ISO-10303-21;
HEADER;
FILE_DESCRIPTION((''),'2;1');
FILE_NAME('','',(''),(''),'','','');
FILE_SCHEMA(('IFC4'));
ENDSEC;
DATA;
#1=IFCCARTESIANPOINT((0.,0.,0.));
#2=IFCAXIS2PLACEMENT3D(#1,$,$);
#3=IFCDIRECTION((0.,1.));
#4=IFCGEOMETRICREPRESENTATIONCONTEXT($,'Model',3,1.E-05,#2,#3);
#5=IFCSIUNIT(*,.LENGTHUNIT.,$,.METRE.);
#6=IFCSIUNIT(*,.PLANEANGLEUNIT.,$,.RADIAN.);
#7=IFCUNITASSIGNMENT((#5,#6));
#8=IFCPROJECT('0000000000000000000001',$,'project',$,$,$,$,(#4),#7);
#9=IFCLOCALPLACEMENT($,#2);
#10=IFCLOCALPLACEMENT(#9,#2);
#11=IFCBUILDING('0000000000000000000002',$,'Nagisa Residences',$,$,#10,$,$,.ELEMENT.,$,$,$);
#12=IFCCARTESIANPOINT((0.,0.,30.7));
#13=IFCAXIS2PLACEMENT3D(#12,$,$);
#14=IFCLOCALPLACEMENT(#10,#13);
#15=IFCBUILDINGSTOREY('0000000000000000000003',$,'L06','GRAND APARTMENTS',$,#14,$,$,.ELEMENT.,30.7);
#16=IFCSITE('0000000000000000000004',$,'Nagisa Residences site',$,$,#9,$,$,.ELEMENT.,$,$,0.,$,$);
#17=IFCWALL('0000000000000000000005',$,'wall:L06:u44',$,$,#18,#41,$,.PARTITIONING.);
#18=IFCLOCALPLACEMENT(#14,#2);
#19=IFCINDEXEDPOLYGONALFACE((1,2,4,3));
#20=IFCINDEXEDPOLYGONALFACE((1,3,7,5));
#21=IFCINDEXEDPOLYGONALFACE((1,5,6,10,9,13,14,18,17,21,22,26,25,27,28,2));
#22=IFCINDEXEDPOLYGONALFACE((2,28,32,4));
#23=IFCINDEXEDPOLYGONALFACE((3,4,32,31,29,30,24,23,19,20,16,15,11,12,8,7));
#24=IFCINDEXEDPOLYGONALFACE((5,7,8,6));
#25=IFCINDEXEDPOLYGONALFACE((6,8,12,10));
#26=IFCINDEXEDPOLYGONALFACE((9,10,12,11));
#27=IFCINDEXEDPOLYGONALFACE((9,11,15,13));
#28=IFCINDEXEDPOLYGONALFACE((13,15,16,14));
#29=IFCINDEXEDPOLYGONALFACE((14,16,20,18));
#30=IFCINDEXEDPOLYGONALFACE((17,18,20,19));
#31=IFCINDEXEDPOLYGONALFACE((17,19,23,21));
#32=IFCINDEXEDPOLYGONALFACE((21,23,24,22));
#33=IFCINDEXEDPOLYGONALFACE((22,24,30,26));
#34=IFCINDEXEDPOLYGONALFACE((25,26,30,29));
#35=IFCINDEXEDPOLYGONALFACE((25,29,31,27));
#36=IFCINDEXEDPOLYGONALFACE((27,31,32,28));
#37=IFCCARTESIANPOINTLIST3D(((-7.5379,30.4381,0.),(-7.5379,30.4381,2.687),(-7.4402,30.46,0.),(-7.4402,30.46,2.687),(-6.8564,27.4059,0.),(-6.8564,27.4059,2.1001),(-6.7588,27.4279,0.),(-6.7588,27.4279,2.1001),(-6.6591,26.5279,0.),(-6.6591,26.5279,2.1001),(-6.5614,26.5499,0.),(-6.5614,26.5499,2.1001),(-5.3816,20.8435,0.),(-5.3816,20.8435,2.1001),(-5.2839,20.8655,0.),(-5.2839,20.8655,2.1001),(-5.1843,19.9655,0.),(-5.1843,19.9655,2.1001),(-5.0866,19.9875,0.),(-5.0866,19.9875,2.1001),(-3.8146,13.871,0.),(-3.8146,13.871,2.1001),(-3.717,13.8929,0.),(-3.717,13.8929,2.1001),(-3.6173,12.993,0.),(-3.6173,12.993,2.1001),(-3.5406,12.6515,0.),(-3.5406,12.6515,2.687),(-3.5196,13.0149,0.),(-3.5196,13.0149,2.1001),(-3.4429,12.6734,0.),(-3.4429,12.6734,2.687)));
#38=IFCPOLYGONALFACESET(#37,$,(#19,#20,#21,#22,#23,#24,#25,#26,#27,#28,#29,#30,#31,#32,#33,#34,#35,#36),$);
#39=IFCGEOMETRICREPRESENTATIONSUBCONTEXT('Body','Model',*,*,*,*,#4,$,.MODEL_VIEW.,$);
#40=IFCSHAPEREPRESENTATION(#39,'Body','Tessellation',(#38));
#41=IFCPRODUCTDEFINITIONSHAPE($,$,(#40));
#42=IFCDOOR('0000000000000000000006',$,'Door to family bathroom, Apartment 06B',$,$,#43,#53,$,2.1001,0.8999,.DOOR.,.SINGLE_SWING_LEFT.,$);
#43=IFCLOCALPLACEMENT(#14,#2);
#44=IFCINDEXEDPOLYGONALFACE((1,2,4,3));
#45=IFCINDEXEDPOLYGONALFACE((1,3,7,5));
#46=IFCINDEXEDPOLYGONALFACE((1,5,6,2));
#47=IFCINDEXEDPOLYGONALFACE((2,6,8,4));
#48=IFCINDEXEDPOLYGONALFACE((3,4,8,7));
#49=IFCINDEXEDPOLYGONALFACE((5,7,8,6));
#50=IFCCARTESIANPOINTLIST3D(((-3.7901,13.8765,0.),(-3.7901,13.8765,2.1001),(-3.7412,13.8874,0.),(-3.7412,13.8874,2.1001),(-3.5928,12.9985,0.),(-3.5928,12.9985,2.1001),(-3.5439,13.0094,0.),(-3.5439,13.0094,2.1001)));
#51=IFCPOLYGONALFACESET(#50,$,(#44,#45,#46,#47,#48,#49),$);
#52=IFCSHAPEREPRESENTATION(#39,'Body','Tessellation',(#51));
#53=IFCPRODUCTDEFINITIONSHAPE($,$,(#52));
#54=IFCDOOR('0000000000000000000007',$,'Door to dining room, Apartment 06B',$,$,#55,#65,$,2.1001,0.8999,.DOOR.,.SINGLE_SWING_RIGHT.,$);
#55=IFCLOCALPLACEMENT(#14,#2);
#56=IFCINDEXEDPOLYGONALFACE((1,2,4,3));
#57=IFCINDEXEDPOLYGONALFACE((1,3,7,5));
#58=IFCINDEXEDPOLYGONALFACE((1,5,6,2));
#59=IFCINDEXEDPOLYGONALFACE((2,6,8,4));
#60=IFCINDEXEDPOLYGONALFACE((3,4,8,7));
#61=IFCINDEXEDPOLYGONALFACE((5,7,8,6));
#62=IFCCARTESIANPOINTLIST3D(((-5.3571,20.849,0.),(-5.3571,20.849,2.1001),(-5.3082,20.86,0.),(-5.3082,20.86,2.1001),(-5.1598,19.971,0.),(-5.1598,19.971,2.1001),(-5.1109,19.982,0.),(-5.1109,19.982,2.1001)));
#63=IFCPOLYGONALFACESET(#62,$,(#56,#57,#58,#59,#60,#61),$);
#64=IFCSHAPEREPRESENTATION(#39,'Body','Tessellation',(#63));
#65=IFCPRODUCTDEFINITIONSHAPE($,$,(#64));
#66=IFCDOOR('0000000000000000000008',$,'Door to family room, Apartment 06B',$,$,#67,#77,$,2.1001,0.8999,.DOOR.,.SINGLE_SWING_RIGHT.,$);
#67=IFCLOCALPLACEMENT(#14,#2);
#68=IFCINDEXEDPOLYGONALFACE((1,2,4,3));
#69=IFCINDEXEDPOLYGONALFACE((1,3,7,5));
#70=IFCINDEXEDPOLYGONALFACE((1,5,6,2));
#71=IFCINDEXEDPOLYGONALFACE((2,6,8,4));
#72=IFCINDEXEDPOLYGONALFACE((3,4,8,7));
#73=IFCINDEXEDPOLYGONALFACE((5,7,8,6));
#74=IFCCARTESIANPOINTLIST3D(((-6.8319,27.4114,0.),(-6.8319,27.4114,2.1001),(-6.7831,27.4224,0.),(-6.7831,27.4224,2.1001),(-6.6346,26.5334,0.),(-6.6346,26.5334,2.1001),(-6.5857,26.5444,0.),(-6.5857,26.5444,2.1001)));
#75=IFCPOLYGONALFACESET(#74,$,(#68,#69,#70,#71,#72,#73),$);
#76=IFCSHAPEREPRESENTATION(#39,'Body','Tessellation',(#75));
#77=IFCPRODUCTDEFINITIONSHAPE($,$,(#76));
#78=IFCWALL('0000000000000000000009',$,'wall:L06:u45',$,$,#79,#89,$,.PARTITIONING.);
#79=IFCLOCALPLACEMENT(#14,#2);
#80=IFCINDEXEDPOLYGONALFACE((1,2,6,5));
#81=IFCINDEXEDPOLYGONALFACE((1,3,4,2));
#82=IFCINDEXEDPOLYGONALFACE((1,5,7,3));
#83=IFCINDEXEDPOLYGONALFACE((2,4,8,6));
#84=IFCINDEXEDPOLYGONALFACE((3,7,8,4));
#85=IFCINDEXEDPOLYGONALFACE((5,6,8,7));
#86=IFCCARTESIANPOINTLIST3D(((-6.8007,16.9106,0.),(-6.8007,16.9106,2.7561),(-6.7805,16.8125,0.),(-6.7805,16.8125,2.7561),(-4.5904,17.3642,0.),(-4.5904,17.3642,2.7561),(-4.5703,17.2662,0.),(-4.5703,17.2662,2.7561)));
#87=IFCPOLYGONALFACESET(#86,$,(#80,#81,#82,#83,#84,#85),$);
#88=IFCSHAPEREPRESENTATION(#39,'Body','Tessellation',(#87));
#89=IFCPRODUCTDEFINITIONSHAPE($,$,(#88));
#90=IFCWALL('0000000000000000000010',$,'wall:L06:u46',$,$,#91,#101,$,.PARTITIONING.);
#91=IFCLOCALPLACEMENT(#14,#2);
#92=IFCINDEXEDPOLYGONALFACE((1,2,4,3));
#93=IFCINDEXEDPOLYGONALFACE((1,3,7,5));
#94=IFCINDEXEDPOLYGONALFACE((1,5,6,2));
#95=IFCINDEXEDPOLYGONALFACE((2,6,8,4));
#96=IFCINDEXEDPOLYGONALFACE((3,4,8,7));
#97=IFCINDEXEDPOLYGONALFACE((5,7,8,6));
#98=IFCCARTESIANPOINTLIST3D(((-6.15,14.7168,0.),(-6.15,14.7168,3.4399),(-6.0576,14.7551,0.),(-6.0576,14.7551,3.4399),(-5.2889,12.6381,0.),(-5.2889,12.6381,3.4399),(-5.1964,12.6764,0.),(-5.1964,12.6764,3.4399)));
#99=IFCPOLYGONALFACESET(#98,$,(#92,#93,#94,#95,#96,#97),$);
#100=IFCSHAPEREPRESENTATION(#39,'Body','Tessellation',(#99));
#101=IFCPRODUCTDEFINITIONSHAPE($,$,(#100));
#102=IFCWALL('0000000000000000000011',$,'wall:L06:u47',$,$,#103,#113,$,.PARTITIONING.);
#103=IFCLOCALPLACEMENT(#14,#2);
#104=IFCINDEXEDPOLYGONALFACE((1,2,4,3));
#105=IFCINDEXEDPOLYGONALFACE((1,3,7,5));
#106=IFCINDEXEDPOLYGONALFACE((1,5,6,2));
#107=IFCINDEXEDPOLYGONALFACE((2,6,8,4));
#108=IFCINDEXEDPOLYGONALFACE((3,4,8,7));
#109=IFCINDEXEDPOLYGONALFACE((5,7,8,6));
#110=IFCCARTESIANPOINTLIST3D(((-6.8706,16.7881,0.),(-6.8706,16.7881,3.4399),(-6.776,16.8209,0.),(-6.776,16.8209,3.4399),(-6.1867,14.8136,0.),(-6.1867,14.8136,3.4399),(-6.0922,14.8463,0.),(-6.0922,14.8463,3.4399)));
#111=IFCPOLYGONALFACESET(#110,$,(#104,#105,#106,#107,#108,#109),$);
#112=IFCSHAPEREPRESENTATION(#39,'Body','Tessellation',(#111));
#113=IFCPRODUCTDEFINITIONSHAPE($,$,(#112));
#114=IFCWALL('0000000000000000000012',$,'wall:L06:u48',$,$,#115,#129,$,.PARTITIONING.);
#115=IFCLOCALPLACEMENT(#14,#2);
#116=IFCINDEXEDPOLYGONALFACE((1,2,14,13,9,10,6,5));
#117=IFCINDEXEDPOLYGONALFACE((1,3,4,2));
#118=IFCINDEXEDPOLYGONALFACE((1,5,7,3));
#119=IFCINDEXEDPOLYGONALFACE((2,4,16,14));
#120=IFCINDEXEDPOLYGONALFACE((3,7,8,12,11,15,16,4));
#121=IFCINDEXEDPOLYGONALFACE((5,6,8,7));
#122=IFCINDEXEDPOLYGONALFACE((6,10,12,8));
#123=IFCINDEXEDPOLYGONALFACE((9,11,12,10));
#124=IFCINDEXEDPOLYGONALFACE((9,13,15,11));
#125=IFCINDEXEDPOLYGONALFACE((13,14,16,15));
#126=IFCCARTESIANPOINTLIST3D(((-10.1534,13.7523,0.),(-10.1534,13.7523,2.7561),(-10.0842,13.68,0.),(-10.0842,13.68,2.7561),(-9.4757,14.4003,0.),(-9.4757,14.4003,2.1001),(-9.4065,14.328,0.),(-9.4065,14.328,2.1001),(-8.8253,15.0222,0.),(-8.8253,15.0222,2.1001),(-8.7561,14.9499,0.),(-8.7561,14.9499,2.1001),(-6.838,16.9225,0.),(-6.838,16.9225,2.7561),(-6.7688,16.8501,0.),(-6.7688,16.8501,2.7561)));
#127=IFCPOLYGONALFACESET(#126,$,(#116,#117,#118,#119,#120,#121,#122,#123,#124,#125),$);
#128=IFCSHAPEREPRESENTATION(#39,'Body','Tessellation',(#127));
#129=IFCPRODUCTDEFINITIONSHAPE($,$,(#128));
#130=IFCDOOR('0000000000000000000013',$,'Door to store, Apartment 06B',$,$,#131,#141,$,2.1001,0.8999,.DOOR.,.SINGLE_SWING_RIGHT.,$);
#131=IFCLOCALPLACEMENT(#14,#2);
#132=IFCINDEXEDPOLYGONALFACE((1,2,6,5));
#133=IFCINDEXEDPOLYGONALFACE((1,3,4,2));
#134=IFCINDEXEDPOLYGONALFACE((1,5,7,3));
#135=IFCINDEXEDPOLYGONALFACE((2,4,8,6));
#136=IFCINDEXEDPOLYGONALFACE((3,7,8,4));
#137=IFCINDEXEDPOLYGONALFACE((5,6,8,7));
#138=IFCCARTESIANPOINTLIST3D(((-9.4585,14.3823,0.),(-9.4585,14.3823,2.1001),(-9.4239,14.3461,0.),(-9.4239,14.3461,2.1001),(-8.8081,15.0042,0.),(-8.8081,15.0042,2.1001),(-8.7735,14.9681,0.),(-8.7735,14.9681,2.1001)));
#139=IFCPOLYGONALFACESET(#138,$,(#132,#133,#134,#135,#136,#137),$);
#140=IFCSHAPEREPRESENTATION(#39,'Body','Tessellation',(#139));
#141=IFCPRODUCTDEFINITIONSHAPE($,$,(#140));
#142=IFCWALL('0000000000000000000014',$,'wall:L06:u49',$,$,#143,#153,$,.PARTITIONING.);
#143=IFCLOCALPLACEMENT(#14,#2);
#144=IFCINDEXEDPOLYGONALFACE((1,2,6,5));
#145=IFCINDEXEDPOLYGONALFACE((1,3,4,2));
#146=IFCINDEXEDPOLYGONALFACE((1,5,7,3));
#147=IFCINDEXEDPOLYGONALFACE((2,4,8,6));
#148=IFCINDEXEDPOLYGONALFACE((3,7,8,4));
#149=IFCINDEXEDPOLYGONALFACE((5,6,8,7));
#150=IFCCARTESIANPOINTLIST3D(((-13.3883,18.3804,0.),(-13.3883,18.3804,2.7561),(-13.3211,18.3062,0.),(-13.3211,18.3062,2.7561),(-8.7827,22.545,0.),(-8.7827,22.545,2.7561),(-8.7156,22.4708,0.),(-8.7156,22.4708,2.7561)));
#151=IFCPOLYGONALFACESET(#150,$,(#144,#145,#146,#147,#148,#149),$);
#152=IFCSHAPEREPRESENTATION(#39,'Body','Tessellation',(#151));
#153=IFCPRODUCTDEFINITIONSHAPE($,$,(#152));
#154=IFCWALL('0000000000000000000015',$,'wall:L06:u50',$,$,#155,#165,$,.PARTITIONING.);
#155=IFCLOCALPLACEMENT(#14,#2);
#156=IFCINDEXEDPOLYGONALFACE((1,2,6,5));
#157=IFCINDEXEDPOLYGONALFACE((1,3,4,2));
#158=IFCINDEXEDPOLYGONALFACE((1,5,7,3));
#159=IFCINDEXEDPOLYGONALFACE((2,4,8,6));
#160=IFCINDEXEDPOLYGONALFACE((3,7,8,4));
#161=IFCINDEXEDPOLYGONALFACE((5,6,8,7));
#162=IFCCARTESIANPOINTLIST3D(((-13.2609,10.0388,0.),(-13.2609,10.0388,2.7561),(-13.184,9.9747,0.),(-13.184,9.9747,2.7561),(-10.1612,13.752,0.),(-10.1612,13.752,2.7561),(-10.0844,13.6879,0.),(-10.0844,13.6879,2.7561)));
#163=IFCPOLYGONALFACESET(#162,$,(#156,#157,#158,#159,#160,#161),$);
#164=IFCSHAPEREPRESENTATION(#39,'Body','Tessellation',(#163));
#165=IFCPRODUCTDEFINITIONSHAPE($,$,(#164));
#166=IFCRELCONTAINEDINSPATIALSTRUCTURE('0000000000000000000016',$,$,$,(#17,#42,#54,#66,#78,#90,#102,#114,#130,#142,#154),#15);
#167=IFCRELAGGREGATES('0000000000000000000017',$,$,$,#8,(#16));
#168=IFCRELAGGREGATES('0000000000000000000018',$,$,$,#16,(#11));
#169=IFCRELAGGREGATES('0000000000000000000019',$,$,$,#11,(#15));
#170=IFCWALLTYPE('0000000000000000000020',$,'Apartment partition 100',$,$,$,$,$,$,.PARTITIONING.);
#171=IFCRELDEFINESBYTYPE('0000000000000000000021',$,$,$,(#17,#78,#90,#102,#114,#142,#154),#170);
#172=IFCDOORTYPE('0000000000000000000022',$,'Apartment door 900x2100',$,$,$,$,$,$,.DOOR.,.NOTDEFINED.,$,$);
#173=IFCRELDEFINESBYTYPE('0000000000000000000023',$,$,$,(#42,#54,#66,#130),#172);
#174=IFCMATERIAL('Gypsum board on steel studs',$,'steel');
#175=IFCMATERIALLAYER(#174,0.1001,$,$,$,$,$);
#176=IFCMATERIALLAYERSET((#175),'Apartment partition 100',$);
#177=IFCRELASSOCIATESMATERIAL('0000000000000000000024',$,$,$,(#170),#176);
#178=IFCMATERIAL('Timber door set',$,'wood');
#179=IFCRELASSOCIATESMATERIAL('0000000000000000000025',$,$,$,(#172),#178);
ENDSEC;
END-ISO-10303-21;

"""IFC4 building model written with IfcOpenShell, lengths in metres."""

from ifc_helpers import new_model, si_unit, direction, frame, frame_2d, origin, place, context, subcontext, project, spatial, rectangle, extrude, material, layer, layer_set, type_object, element, fill, save


model = new_model("IFC4")

# Units and contexts
model_context = context("Model", 3, precision=1e-05, world=origin(), true_north=direction((0.0, 1.0)))
body_context = subcontext(model_context, "Body", "Model", "MODEL_VIEW")
ifc_project = project(units=[si_unit("LENGTHUNIT", "METRE"), si_unit("PLANEANGLEUNIT", "RADIAN")], contexts=[model_context])

# Site, building, storey
site_placement = place(None, origin())
site = spatial("IfcSite", under=ifc_project, at=site_placement, Name="Nagisa Residences site", CompositionType="ELEMENT", RefElevation=0.0)
building_placement = place(site_placement, origin())
building = spatial("IfcBuilding", under=site, at=building_placement, Name="Nagisa Residences", CompositionType="ELEMENT")
storey_placement = place(building_placement, frame((0.0, 0.0, 30.7)))
storey = spatial("IfcBuildingStorey", under=building, at=storey_placement, Name="L06", Description="GRAND APARTMENTS", CompositionType="ELEMENT", Elevation=30.7)

# Shared definitions
ifc_material_1 = material(Name="Gypsum board on steel studs", Category="steel")
ifc_layer_1 = layer(ifc_material_1, 0.1001)
ifc_layer_set_1 = layer_set([ifc_layer_1], Name="Apartment partition 100")
wall_type_1 = type_object("IfcWallType", Name="Apartment partition 100", PredefinedType="PARTITIONING", material=ifc_layer_set_1)

# Shared definitions
ifc_material_2 = material(Name="Timber door set", Category="wood")
door_type_1 = type_object("IfcDoorType", Name="Apartment door 900x2100", OperationType="NOTDEFINED", PredefinedType="DOOR", material=ifc_material_2)

# Wall, openings, doors
wall_1_placement = place(storey_placement, frame((-3.4917, 12.6624, 0.0), z_axis=(0.0, 0.0, 1.0), x_axis=(-0.219268, 0.975665, 0.0)))
wall_1 = element("IfcWall", 1, at=wall_1_placement, inside=storey, type_object=wall_type_1, Name="wall:L06:u44", PredefinedType="PARTITIONING", context=body_context, shape_type="SweptSolid", body=[
    extrude(rectangle(XDim=18.2302, YDim=0.1001, at=frame_2d((9.1152, 0.0))), origin(), (0.0, 0.0, 1.0), 2.687),
])
opening_1_placement = place(wall_1_placement, frame((0.3501, 0.0, 0.0)))
opening_1 = element("IfcOpeningElement", 2, at=opening_1_placement, cuts=wall_1, PredefinedType="OPENING", context=body_context, shape_type="SweptSolid", body=[
    extrude(rectangle(XDim=0.8999, YDim=2.1001, at=frame_2d((0.45, 1.05))), frame((0.0, 0.0601, 0.0), z_axis=(0.0, -1.0, 0.0), x_axis=(1.0, 0.0, 0.0)), (0.0, 0.0, 1.0), 0.1201),
])
opening_2_placement = place(wall_1_placement, frame((7.4966, 0.0, 0.0)))
opening_2 = element("IfcOpeningElement", 3, at=opening_2_placement, cuts=wall_1, PredefinedType="OPENING", context=body_context, shape_type="SweptSolid", body=[
    extrude(rectangle(XDim=0.8999, YDim=2.1001, at=frame_2d((0.45, 1.05))), frame((0.0, 0.0601, 0.0), z_axis=(0.0, -1.0, 0.0), x_axis=(1.0, 0.0, 0.0)), (0.0, 0.0, 1.0), 0.1201),
])
opening_3_placement = place(wall_1_placement, frame((14.2227, 0.0, 0.0)))
opening_3 = element("IfcOpeningElement", 4, at=opening_3_placement, cuts=wall_1, PredefinedType="OPENING", context=body_context, shape_type="SweptSolid", body=[
    extrude(rectangle(XDim=0.8999, YDim=2.1001, at=frame_2d((0.45, 1.05))), frame((0.0, 0.0601, 0.0), z_axis=(0.0, -1.0, 0.0), x_axis=(1.0, 0.0, 0.0)), (0.0, 0.0, 1.0), 0.1201),
])
door_1_placement = place(opening_1_placement, origin())
door_1 = element("IfcDoor", 5, at=door_1_placement, inside=storey, type_object=door_type_1, Name="Door to family bathroom, Apartment 06B", OperationType="SINGLE_SWING_LEFT", OverallHeight=2.1001, OverallWidth=0.8999, PredefinedType="DOOR", context=body_context, shape_type="SweptSolid", body=[
    extrude(rectangle(XDim=0.8999, YDim=2.1001, at=frame_2d((0.45, 1.05))), frame((0.0, 0.0249, 0.0), z_axis=(0.0, -1.0, 0.0), x_axis=(1.0, 0.0, 0.0)), (0.0, 0.0, 1.0), 0.05),
])
fill(opening_1, door_1)
door_2_placement = place(opening_2_placement, origin())
door_2 = element("IfcDoor", 6, at=door_2_placement, inside=storey, type_object=door_type_1, Name="Door to dining room, Apartment 06B", OperationType="SINGLE_SWING_RIGHT", OverallHeight=2.1001, OverallWidth=0.8999, PredefinedType="DOOR", context=body_context, shape_type="SweptSolid", body=[
    extrude(rectangle(XDim=0.8999, YDim=2.1001, at=frame_2d((0.45, 1.05))), frame((0.0, 0.0249, 0.0), z_axis=(0.0, -1.0, 0.0), x_axis=(1.0, 0.0, 0.0)), (0.0, 0.0, 1.0), 0.05),
])
fill(opening_2, door_2)
door_3_placement = place(opening_3_placement, origin())
door_3 = element("IfcDoor", 7, at=door_3_placement, inside=storey, type_object=door_type_1, Name="Door to family room, Apartment 06B", OperationType="SINGLE_SWING_RIGHT", OverallHeight=2.1001, OverallWidth=0.8999, PredefinedType="DOOR", context=body_context, shape_type="SweptSolid", body=[
    extrude(rectangle(XDim=0.8999, YDim=2.1001, at=frame_2d((0.45, 1.05))), frame((0.0, 0.0249, 0.0), z_axis=(0.0, -1.0, 0.0), x_axis=(1.0, 0.0, 0.0)), (0.0, 0.0, 1.0), 0.05),
])
fill(opening_3, door_3)

# Walls
wall_2_placement = place(storey_placement, frame((-4.5803, 17.3152, 0.0), z_axis=(0.0, 0.0, 1.0), x_axis=(-0.979582, -0.201045, 0.0)))
element("IfcWall", 8, at=wall_2_placement, inside=storey, type_object=wall_type_1, Name="wall:L06:u45", PredefinedType="PARTITIONING", context=body_context, shape_type="SweptSolid", body=[
    extrude(rectangle(XDim=2.2563, YDim=0.1001, at=frame_2d((1.1282, 0.0))), origin(), (0.0, 0.0, 1.0), 2.7561),
])
wall_3_placement = place(storey_placement, frame((-5.2427, 12.6572, 0.0), z_axis=(0.0, 0.0, 1.0), x_axis=(-0.382719, 0.923865, 0.0)))
element("IfcWall", 9, at=wall_3_placement, inside=storey, type_object=wall_type_1, Name="wall:L06:u46", PredefinedType="PARTITIONING", context=body_context, shape_type="SweptSolid", body=[
    extrude(rectangle(XDim=2.25, YDim=0.1001, at=frame_2d((1.125, 0.0))), origin(), (0.0, 0.0, 1.0), 3.4399),
])
wall_4_placement = place(storey_placement, frame((-6.1394, 14.8298, 0.0), z_axis=(0.0, 0.0, 1.0), x_axis=(-0.327247, 0.944939, 0.0)))
element("IfcWall", 10, at=wall_4_placement, inside=storey, type_object=wall_type_1, Name="wall:L06:u47", PredefinedType="PARTITIONING", context=body_context, shape_type="SweptSolid", body=[
    extrude(rectangle(XDim=2.0896, YDim=0.1001, at=frame_2d((1.0449, 0.0))), origin(), (0.0, 0.0, 1.0), 3.4399),
])

# Wall, opening, door
wall_5_placement = place(storey_placement, frame((-6.8035, 16.8862, 0.0), z_axis=(0.0, 0.0, 1.0), x_axis=(-0.722763, -0.691096, 0.0)))
wall_5 = element("IfcWall", 11, at=wall_5_placement, inside=storey, type_object=wall_type_1, Name="wall:L06:u48", PredefinedType="PARTITIONING", context=body_context, shape_type="SweptSolid", body=[
    extrude(rectangle(XDim=4.5872, YDim=0.1001, at=frame_2d((2.2935, 0.0))), origin(), (0.0, 0.0, 1.0), 2.7561),
])
opening_4_placement = place(wall_5_placement, frame((2.7495, 0.0, 0.0)))
opening_4 = element("IfcOpeningElement", 12, at=opening_4_placement, cuts=wall_5, PredefinedType="OPENING", context=body_context, shape_type="SweptSolid", body=[
    extrude(rectangle(XDim=0.8999, YDim=2.1001, at=frame_2d((0.45, 1.05))), frame((0.0, 0.0601, 0.0), z_axis=(0.0, -1.0, 0.0), x_axis=(1.0, 0.0, 0.0)), (0.0, 0.0, 1.0), 0.1201),
])
door_4_placement = place(opening_4_placement, origin())
door_4 = element("IfcDoor", 13, at=door_4_placement, inside=storey, type_object=door_type_1, Name="Door to store, Apartment 06B", OperationType="SINGLE_SWING_RIGHT", OverallHeight=2.1001, OverallWidth=0.8999, PredefinedType="DOOR", context=body_context, shape_type="SweptSolid", body=[
    extrude(rectangle(XDim=0.8999, YDim=2.1001, at=frame_2d((0.45, 1.05))), frame((0.0, 0.0249, 0.0), z_axis=(0.0, -1.0, 0.0), x_axis=(1.0, 0.0, 0.0)), (0.0, 0.0, 1.0), 0.05),
])
fill(opening_4, door_4)

# Walls
wall_6_placement = place(storey_placement, frame((-8.7493, 22.5078, 0.0), z_axis=(0.0, 0.0, 1.0), x_axis=(-0.74172, -0.670709, 0.0)))
element("IfcWall", 14, at=wall_6_placement, inside=storey, type_object=wall_type_1, Name="wall:L06:u49", PredefinedType="PARTITIONING", context=body_context, shape_type="SweptSolid", body=[
    extrude(rectangle(XDim=6.2092, YDim=0.1001, at=frame_2d((3.1045, 0.0))), origin(), (0.0, 0.0, 1.0), 2.7561),
])
wall_7_placement = place(storey_placement, frame((-10.1228, 13.72, 0.0), z_axis=(0.0, 0.0, 1.0), x_axis=(-0.640835, -0.767679, 0.0)))
element("IfcWall", 15, at=wall_7_placement, inside=storey, type_object=wall_type_1, Name="wall:L06:u50", PredefinedType="PARTITIONING", context=body_context, shape_type="SweptSolid", body=[
    extrude(rectangle(XDim=4.8369, YDim=0.1001, at=frame_2d((2.4185, 0.0))), origin(), (0.0, 0.0, 1.0), 2.7561),
])

save(model, "model.ifc")
